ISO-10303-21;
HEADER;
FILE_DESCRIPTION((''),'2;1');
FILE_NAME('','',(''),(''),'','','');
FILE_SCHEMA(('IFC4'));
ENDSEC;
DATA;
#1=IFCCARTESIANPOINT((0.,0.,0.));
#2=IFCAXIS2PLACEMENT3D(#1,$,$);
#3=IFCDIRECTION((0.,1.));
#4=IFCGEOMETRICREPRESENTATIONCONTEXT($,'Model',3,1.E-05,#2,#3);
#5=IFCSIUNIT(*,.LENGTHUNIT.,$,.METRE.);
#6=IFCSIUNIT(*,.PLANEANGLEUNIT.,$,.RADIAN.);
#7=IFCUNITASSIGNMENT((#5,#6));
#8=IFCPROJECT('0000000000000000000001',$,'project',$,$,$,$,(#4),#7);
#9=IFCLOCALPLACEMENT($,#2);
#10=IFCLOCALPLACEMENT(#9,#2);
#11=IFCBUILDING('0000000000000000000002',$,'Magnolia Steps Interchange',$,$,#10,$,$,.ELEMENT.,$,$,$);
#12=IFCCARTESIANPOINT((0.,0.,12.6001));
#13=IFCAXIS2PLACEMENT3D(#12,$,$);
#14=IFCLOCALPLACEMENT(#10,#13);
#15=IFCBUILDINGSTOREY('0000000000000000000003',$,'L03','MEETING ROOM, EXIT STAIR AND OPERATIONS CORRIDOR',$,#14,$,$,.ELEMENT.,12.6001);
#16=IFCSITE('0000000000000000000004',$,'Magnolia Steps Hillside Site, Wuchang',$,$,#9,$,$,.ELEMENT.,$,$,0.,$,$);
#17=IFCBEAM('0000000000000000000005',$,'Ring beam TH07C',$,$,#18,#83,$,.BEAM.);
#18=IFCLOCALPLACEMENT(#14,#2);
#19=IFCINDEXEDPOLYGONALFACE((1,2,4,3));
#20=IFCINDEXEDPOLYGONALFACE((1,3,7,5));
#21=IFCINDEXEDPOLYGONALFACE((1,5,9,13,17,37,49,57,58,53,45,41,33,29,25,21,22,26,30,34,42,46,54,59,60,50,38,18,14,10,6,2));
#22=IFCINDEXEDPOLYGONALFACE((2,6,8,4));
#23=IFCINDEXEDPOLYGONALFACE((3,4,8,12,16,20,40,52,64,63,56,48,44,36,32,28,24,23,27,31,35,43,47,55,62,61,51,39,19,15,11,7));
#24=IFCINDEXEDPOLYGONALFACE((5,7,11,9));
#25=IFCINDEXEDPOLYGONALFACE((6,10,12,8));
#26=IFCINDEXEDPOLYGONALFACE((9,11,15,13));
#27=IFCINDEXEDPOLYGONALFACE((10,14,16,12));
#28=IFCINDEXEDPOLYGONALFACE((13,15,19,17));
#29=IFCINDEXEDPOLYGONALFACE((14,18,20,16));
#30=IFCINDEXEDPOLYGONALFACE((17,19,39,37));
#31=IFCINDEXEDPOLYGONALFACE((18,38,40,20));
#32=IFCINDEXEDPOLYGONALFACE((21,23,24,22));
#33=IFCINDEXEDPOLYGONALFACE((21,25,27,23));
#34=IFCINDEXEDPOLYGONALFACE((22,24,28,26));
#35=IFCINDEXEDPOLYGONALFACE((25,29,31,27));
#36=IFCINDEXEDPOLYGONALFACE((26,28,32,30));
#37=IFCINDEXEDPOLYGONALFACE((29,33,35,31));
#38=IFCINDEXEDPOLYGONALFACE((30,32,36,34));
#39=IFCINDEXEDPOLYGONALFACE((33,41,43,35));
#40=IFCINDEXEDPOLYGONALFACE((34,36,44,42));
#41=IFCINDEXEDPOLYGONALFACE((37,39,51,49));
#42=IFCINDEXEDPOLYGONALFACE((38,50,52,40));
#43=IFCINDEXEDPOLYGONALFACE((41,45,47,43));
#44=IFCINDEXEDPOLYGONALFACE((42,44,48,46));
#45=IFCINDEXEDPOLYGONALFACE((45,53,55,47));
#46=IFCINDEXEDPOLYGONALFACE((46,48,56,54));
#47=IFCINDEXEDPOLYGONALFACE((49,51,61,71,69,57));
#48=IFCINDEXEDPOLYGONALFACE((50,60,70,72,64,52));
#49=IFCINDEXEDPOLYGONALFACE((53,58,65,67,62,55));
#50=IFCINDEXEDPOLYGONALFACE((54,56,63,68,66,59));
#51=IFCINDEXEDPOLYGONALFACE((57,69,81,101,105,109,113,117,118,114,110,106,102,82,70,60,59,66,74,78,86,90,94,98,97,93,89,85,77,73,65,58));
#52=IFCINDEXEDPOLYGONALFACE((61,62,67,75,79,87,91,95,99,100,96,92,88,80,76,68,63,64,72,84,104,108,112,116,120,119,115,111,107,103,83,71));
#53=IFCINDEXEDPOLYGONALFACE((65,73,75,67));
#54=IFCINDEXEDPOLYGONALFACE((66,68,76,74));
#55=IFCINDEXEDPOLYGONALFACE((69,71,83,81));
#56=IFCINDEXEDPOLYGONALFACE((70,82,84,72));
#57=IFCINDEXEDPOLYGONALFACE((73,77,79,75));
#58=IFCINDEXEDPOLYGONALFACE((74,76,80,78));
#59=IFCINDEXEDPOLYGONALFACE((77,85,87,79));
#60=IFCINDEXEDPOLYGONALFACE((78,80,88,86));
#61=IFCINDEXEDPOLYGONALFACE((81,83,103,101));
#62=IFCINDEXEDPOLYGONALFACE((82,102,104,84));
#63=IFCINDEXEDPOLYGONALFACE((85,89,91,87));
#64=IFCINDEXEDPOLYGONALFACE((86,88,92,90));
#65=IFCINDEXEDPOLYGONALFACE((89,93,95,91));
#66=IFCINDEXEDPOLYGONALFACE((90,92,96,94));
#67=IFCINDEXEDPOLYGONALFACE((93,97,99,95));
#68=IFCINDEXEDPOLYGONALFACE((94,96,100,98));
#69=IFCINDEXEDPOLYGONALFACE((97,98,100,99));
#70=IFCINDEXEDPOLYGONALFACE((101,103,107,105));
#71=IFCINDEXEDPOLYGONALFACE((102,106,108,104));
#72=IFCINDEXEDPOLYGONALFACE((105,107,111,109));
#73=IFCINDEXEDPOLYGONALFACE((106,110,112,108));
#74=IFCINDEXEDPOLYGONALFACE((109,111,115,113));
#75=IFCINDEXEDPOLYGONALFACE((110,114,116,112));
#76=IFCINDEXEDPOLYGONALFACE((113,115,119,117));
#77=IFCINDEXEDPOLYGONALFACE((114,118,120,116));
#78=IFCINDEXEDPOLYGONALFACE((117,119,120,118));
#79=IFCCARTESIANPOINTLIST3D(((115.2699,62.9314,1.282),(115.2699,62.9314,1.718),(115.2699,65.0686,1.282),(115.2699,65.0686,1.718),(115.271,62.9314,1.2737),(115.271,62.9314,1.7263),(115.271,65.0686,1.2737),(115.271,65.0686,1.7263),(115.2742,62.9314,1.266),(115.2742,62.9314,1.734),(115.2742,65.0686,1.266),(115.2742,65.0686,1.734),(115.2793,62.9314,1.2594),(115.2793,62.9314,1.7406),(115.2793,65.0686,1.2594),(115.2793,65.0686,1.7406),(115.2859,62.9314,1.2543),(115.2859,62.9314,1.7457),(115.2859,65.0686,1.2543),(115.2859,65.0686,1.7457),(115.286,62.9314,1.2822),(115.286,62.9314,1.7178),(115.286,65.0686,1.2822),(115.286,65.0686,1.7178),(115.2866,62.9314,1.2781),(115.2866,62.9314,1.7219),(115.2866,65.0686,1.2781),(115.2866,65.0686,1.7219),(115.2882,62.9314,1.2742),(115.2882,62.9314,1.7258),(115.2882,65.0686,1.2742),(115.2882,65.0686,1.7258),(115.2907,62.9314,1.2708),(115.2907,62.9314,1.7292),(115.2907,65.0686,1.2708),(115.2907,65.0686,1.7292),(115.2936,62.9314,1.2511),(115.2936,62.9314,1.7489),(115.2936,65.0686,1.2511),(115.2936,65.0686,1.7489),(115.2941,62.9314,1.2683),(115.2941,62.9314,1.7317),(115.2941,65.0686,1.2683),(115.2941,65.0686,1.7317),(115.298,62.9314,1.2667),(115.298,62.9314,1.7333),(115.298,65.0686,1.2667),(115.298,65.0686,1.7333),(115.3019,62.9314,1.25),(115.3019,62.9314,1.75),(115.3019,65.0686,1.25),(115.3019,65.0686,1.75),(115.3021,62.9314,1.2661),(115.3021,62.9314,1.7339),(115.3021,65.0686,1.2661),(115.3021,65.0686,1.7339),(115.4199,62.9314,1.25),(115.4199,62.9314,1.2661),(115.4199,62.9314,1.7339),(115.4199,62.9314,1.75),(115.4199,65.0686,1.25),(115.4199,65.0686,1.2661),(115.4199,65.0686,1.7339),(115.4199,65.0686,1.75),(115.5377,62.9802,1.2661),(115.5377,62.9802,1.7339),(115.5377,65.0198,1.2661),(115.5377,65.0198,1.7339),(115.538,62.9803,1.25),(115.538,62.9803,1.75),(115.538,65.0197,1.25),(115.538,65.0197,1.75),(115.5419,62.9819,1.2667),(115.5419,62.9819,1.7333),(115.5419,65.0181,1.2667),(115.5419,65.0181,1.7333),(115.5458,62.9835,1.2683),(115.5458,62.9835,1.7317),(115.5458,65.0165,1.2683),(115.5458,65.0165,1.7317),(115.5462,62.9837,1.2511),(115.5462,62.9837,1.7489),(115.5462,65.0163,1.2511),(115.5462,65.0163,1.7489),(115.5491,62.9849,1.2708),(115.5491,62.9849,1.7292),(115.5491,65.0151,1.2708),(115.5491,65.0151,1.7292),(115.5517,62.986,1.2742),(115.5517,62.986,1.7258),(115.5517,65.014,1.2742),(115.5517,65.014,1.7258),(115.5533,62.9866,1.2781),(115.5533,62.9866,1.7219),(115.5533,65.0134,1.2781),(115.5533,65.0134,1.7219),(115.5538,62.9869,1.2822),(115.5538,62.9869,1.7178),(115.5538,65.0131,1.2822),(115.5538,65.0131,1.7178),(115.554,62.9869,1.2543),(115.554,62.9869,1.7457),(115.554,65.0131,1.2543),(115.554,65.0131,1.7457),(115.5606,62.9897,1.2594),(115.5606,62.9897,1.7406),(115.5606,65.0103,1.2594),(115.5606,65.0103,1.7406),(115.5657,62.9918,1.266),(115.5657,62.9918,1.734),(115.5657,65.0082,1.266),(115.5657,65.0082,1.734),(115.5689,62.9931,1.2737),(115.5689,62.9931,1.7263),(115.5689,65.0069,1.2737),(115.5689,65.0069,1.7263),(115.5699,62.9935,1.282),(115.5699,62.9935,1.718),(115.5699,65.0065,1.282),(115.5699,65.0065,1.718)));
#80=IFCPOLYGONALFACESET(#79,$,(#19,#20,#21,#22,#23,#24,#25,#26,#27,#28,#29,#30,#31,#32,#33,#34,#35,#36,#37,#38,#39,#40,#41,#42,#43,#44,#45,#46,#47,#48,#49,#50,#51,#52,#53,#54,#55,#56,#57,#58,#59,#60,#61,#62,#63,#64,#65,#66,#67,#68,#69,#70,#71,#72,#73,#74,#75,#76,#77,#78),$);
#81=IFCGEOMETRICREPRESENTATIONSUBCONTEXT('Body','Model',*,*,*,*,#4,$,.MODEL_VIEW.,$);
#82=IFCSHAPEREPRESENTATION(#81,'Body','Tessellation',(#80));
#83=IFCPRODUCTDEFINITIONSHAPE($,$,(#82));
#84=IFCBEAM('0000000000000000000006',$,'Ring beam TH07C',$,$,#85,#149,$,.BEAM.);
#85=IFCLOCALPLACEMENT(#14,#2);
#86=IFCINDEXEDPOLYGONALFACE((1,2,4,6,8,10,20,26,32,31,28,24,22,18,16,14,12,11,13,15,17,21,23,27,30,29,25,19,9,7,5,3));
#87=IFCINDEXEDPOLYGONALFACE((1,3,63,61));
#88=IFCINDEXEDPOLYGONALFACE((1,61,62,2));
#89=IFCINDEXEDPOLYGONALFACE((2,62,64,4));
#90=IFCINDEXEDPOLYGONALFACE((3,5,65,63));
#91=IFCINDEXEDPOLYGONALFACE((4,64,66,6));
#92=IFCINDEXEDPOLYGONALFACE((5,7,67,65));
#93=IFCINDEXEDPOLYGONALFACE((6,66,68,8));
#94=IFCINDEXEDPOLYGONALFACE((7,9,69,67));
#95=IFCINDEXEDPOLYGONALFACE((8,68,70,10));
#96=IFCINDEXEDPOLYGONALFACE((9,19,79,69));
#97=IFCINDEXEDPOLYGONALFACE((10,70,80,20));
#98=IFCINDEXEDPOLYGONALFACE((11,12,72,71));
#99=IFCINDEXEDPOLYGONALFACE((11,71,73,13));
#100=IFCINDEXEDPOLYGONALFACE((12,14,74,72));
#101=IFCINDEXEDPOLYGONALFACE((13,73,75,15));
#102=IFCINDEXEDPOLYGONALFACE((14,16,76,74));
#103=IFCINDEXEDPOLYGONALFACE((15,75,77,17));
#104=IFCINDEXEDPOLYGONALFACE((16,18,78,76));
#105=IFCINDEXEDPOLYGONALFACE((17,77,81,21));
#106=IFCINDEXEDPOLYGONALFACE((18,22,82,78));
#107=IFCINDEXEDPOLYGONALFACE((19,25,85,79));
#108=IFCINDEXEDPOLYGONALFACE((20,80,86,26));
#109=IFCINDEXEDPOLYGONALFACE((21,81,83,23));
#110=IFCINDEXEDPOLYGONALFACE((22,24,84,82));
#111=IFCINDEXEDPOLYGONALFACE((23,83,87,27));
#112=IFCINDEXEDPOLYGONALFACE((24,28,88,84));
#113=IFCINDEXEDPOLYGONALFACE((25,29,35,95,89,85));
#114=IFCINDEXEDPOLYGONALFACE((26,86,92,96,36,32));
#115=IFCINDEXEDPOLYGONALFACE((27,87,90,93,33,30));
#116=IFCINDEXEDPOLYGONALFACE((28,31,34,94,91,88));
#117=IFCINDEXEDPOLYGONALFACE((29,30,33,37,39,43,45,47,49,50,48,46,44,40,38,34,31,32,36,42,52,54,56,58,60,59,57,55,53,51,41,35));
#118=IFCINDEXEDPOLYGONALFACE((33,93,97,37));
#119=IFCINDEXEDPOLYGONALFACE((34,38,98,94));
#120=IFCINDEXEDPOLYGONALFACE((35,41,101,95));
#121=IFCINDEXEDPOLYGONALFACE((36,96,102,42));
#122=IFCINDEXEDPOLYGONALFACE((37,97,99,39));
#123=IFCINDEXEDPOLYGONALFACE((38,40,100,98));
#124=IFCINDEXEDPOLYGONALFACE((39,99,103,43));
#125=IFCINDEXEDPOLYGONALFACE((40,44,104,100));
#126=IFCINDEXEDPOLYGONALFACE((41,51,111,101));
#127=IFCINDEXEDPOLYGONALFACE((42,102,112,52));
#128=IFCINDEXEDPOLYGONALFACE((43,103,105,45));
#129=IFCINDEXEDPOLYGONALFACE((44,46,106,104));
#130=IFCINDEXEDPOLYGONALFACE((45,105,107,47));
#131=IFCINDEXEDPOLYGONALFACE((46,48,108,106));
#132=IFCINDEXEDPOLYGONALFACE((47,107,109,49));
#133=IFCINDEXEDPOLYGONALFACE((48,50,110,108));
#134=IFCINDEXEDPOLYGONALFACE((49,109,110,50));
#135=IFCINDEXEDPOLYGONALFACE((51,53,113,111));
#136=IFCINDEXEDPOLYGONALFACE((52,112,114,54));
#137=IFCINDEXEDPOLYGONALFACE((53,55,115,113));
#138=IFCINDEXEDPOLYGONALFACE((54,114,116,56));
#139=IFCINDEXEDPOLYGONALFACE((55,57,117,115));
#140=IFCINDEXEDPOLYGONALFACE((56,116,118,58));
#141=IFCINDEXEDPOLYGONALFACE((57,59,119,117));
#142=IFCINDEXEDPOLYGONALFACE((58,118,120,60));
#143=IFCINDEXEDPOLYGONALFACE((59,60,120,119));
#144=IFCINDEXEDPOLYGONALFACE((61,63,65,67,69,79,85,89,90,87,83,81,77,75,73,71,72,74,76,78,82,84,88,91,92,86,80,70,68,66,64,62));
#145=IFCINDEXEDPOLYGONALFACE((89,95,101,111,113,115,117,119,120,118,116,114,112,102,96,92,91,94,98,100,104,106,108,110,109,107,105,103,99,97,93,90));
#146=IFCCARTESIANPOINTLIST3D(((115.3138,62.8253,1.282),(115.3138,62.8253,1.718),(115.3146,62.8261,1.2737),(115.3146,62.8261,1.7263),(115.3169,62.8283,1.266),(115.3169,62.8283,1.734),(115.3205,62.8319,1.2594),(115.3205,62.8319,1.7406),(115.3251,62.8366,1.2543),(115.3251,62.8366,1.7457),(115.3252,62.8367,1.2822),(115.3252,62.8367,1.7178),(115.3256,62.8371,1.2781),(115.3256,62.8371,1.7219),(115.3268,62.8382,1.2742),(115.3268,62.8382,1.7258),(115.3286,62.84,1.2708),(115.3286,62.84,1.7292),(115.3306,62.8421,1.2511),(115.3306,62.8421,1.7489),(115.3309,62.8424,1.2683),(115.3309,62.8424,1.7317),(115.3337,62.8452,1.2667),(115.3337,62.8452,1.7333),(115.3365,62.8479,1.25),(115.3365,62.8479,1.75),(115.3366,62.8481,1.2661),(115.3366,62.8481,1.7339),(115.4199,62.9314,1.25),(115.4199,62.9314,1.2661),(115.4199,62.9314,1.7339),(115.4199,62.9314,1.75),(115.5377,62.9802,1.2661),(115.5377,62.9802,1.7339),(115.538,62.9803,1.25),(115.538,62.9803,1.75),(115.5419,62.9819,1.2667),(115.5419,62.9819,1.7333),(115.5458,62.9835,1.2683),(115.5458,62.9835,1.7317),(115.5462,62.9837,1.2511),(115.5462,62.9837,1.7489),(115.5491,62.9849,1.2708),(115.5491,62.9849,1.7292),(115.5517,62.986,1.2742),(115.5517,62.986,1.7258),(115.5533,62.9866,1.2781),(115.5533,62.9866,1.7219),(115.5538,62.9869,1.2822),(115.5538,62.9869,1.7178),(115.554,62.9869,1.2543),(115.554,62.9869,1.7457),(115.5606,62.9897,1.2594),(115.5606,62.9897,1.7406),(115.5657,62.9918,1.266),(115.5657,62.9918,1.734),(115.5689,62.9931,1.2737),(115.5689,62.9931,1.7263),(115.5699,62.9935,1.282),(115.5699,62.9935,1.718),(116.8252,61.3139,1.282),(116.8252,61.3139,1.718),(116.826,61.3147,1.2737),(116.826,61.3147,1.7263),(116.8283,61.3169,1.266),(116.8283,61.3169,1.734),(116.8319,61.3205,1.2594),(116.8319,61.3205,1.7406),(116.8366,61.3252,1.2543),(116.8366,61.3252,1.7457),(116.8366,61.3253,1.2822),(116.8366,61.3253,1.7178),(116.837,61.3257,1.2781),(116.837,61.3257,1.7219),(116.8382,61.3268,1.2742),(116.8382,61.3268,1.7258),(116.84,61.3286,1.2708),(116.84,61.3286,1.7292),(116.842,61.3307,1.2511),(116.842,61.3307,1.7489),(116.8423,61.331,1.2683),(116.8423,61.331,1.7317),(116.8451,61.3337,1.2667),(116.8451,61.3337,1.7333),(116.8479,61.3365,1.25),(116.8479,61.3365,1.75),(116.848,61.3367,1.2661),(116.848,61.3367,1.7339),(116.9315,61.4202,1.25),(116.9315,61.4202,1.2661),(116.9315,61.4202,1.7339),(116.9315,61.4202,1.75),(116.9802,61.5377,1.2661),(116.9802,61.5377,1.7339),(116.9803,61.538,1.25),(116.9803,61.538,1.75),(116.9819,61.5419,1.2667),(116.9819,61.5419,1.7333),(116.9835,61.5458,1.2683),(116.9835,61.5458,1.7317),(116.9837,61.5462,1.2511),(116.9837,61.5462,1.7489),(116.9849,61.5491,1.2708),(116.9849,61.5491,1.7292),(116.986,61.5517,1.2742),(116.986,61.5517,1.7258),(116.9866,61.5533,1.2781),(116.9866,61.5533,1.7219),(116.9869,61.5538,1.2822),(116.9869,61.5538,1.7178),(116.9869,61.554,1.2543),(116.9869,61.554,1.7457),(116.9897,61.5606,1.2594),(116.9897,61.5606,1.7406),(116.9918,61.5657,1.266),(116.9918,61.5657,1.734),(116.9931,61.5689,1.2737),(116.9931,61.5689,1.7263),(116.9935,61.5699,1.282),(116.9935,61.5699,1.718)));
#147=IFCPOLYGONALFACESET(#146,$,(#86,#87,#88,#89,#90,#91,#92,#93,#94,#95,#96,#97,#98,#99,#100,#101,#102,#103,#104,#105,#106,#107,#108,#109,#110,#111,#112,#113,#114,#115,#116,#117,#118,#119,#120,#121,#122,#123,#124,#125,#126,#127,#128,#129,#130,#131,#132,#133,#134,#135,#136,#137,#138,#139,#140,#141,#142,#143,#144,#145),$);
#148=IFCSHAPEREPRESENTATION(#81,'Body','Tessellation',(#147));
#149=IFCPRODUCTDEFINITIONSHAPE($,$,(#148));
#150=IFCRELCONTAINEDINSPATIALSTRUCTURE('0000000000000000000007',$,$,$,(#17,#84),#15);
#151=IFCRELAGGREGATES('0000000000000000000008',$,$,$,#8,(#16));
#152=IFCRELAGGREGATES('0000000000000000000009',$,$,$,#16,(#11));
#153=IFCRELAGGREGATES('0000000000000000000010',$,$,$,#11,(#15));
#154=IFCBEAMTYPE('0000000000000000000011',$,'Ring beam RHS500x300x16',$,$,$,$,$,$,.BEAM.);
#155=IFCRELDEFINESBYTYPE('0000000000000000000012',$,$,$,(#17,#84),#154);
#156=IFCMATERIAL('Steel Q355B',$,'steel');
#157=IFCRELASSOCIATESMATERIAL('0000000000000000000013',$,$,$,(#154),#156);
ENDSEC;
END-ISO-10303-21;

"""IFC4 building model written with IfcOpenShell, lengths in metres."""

from ifc_helpers import new_model, si_unit, direction, frame, origin, origin_2d, place, context, subcontext, project, spatial, hollow_rectangle, extrude, clip, halfspace, material, material_profile, profile_set, type_object, element, save


model = new_model("IFC4")

# Units and contexts
model_context = context("Model", 3, precision=1e-05, world=origin(), true_north=direction((0.0, 1.0)))
body_context = subcontext(model_context, "Body", "Model", "MODEL_VIEW")
ifc_project = project(units=[si_unit("LENGTHUNIT", "METRE"), si_unit("PLANEANGLEUNIT", "RADIAN")], contexts=[model_context])

# Site, building, storey
site_placement = place(None, origin())
site = spatial("IfcSite", under=ifc_project, at=site_placement, Name="Magnolia Steps Hillside Site, Wuchang", CompositionType="ELEMENT", RefElevation=0.0)
building_placement = place(site_placement, origin())
building = spatial("IfcBuilding", under=site, at=building_placement, Name="Magnolia Steps Interchange", CompositionType="ELEMENT")
storey_placement = place(building_placement, frame((0.0, 0.0, 12.6001)))
storey = spatial("IfcBuildingStorey", under=building, at=storey_placement, Name="L03", Description="MEETING ROOM, EXIT STAIR AND OPERATIONS CORRIDOR", CompositionType="ELEMENT", Elevation=12.6001)

# Beams
ifc_material_1 = material(Name="Steel Q355B", Category="steel")
ifc_material_profile_1 = material_profile(ifc_material_1, hollow_rectangle(XDim=0.3, YDim=0.5, WallThickness=0.0161, InnerFilletRadius=0.0161, OuterFilletRadius=0.032, at=origin_2d()), Name="RHS500x300x16")
ifc_profile_set_1 = profile_set([ifc_material_profile_1], Name="Steel Q355B")
beam_type_1 = type_object("IfcBeamType", Name="Ring beam RHS500x300x16", PredefinedType="BEAM", material=ifc_profile_set_1)
beam_1_placement = place(storey_placement, frame((115.4199, 65.0686, 1.5), z_axis=(0.0, -1.0, 0.0), x_axis=(1.0, 0.0, 0.0)))
element("IfcBeam", 1, at=beam_1_placement, inside=storey, type_object=beam_type_1, Name="Ring beam TH07C", PredefinedType="BEAM", context=body_context, shape_type="Clipping", body=[
    clip(clip(extrude(hollow_rectangle(XDim=0.3, YDim=0.5, WallThickness=0.0161, InnerFilletRadius=0.0161, OuterFilletRadius=0.032, at=origin_2d()), origin(), (0.0, 0.0, 1.0), 2.1372), halfspace(frame((0.0, 0.0, 0.0), z_axis=(0.382683, 0.0, -0.92388), x_axis=(0.92388, 0.0, 0.382683)), False)), halfspace(frame((0.0, 0.0, 2.1372), z_axis=(0.382683, 0.0, 0.92388), x_axis=(0.92388, 0.0, -0.382683)), False)),
])
beam_2_placement = place(storey_placement, frame((115.4199, 62.9314, 1.5), z_axis=(0.707107, -0.707107, 0.0), x_axis=(0.707107, 0.707107, 0.0)))
element("IfcBeam", 2, at=beam_2_placement, inside=storey, type_object=beam_type_1, Name="Ring beam TH07C", PredefinedType="BEAM", context=body_context, shape_type="Clipping", body=[
    clip(clip(extrude(hollow_rectangle(XDim=0.3, YDim=0.5, WallThickness=0.0161, InnerFilletRadius=0.0161, OuterFilletRadius=0.032, at=origin_2d()), origin(), (0.0, 0.0, 1.0), 2.1375), halfspace(frame((0.0, 0.0, 0.0), z_axis=(0.382683, 0.0, -0.92388), x_axis=(0.92388, 0.0, 0.382683)), False)), halfspace(frame((0.0, 0.0, 2.1375), z_axis=(0.382683, 0.0, 0.92388), x_axis=(0.92388, 0.0, -0.382683)), False)),
])

save(model, "model.ifc")
